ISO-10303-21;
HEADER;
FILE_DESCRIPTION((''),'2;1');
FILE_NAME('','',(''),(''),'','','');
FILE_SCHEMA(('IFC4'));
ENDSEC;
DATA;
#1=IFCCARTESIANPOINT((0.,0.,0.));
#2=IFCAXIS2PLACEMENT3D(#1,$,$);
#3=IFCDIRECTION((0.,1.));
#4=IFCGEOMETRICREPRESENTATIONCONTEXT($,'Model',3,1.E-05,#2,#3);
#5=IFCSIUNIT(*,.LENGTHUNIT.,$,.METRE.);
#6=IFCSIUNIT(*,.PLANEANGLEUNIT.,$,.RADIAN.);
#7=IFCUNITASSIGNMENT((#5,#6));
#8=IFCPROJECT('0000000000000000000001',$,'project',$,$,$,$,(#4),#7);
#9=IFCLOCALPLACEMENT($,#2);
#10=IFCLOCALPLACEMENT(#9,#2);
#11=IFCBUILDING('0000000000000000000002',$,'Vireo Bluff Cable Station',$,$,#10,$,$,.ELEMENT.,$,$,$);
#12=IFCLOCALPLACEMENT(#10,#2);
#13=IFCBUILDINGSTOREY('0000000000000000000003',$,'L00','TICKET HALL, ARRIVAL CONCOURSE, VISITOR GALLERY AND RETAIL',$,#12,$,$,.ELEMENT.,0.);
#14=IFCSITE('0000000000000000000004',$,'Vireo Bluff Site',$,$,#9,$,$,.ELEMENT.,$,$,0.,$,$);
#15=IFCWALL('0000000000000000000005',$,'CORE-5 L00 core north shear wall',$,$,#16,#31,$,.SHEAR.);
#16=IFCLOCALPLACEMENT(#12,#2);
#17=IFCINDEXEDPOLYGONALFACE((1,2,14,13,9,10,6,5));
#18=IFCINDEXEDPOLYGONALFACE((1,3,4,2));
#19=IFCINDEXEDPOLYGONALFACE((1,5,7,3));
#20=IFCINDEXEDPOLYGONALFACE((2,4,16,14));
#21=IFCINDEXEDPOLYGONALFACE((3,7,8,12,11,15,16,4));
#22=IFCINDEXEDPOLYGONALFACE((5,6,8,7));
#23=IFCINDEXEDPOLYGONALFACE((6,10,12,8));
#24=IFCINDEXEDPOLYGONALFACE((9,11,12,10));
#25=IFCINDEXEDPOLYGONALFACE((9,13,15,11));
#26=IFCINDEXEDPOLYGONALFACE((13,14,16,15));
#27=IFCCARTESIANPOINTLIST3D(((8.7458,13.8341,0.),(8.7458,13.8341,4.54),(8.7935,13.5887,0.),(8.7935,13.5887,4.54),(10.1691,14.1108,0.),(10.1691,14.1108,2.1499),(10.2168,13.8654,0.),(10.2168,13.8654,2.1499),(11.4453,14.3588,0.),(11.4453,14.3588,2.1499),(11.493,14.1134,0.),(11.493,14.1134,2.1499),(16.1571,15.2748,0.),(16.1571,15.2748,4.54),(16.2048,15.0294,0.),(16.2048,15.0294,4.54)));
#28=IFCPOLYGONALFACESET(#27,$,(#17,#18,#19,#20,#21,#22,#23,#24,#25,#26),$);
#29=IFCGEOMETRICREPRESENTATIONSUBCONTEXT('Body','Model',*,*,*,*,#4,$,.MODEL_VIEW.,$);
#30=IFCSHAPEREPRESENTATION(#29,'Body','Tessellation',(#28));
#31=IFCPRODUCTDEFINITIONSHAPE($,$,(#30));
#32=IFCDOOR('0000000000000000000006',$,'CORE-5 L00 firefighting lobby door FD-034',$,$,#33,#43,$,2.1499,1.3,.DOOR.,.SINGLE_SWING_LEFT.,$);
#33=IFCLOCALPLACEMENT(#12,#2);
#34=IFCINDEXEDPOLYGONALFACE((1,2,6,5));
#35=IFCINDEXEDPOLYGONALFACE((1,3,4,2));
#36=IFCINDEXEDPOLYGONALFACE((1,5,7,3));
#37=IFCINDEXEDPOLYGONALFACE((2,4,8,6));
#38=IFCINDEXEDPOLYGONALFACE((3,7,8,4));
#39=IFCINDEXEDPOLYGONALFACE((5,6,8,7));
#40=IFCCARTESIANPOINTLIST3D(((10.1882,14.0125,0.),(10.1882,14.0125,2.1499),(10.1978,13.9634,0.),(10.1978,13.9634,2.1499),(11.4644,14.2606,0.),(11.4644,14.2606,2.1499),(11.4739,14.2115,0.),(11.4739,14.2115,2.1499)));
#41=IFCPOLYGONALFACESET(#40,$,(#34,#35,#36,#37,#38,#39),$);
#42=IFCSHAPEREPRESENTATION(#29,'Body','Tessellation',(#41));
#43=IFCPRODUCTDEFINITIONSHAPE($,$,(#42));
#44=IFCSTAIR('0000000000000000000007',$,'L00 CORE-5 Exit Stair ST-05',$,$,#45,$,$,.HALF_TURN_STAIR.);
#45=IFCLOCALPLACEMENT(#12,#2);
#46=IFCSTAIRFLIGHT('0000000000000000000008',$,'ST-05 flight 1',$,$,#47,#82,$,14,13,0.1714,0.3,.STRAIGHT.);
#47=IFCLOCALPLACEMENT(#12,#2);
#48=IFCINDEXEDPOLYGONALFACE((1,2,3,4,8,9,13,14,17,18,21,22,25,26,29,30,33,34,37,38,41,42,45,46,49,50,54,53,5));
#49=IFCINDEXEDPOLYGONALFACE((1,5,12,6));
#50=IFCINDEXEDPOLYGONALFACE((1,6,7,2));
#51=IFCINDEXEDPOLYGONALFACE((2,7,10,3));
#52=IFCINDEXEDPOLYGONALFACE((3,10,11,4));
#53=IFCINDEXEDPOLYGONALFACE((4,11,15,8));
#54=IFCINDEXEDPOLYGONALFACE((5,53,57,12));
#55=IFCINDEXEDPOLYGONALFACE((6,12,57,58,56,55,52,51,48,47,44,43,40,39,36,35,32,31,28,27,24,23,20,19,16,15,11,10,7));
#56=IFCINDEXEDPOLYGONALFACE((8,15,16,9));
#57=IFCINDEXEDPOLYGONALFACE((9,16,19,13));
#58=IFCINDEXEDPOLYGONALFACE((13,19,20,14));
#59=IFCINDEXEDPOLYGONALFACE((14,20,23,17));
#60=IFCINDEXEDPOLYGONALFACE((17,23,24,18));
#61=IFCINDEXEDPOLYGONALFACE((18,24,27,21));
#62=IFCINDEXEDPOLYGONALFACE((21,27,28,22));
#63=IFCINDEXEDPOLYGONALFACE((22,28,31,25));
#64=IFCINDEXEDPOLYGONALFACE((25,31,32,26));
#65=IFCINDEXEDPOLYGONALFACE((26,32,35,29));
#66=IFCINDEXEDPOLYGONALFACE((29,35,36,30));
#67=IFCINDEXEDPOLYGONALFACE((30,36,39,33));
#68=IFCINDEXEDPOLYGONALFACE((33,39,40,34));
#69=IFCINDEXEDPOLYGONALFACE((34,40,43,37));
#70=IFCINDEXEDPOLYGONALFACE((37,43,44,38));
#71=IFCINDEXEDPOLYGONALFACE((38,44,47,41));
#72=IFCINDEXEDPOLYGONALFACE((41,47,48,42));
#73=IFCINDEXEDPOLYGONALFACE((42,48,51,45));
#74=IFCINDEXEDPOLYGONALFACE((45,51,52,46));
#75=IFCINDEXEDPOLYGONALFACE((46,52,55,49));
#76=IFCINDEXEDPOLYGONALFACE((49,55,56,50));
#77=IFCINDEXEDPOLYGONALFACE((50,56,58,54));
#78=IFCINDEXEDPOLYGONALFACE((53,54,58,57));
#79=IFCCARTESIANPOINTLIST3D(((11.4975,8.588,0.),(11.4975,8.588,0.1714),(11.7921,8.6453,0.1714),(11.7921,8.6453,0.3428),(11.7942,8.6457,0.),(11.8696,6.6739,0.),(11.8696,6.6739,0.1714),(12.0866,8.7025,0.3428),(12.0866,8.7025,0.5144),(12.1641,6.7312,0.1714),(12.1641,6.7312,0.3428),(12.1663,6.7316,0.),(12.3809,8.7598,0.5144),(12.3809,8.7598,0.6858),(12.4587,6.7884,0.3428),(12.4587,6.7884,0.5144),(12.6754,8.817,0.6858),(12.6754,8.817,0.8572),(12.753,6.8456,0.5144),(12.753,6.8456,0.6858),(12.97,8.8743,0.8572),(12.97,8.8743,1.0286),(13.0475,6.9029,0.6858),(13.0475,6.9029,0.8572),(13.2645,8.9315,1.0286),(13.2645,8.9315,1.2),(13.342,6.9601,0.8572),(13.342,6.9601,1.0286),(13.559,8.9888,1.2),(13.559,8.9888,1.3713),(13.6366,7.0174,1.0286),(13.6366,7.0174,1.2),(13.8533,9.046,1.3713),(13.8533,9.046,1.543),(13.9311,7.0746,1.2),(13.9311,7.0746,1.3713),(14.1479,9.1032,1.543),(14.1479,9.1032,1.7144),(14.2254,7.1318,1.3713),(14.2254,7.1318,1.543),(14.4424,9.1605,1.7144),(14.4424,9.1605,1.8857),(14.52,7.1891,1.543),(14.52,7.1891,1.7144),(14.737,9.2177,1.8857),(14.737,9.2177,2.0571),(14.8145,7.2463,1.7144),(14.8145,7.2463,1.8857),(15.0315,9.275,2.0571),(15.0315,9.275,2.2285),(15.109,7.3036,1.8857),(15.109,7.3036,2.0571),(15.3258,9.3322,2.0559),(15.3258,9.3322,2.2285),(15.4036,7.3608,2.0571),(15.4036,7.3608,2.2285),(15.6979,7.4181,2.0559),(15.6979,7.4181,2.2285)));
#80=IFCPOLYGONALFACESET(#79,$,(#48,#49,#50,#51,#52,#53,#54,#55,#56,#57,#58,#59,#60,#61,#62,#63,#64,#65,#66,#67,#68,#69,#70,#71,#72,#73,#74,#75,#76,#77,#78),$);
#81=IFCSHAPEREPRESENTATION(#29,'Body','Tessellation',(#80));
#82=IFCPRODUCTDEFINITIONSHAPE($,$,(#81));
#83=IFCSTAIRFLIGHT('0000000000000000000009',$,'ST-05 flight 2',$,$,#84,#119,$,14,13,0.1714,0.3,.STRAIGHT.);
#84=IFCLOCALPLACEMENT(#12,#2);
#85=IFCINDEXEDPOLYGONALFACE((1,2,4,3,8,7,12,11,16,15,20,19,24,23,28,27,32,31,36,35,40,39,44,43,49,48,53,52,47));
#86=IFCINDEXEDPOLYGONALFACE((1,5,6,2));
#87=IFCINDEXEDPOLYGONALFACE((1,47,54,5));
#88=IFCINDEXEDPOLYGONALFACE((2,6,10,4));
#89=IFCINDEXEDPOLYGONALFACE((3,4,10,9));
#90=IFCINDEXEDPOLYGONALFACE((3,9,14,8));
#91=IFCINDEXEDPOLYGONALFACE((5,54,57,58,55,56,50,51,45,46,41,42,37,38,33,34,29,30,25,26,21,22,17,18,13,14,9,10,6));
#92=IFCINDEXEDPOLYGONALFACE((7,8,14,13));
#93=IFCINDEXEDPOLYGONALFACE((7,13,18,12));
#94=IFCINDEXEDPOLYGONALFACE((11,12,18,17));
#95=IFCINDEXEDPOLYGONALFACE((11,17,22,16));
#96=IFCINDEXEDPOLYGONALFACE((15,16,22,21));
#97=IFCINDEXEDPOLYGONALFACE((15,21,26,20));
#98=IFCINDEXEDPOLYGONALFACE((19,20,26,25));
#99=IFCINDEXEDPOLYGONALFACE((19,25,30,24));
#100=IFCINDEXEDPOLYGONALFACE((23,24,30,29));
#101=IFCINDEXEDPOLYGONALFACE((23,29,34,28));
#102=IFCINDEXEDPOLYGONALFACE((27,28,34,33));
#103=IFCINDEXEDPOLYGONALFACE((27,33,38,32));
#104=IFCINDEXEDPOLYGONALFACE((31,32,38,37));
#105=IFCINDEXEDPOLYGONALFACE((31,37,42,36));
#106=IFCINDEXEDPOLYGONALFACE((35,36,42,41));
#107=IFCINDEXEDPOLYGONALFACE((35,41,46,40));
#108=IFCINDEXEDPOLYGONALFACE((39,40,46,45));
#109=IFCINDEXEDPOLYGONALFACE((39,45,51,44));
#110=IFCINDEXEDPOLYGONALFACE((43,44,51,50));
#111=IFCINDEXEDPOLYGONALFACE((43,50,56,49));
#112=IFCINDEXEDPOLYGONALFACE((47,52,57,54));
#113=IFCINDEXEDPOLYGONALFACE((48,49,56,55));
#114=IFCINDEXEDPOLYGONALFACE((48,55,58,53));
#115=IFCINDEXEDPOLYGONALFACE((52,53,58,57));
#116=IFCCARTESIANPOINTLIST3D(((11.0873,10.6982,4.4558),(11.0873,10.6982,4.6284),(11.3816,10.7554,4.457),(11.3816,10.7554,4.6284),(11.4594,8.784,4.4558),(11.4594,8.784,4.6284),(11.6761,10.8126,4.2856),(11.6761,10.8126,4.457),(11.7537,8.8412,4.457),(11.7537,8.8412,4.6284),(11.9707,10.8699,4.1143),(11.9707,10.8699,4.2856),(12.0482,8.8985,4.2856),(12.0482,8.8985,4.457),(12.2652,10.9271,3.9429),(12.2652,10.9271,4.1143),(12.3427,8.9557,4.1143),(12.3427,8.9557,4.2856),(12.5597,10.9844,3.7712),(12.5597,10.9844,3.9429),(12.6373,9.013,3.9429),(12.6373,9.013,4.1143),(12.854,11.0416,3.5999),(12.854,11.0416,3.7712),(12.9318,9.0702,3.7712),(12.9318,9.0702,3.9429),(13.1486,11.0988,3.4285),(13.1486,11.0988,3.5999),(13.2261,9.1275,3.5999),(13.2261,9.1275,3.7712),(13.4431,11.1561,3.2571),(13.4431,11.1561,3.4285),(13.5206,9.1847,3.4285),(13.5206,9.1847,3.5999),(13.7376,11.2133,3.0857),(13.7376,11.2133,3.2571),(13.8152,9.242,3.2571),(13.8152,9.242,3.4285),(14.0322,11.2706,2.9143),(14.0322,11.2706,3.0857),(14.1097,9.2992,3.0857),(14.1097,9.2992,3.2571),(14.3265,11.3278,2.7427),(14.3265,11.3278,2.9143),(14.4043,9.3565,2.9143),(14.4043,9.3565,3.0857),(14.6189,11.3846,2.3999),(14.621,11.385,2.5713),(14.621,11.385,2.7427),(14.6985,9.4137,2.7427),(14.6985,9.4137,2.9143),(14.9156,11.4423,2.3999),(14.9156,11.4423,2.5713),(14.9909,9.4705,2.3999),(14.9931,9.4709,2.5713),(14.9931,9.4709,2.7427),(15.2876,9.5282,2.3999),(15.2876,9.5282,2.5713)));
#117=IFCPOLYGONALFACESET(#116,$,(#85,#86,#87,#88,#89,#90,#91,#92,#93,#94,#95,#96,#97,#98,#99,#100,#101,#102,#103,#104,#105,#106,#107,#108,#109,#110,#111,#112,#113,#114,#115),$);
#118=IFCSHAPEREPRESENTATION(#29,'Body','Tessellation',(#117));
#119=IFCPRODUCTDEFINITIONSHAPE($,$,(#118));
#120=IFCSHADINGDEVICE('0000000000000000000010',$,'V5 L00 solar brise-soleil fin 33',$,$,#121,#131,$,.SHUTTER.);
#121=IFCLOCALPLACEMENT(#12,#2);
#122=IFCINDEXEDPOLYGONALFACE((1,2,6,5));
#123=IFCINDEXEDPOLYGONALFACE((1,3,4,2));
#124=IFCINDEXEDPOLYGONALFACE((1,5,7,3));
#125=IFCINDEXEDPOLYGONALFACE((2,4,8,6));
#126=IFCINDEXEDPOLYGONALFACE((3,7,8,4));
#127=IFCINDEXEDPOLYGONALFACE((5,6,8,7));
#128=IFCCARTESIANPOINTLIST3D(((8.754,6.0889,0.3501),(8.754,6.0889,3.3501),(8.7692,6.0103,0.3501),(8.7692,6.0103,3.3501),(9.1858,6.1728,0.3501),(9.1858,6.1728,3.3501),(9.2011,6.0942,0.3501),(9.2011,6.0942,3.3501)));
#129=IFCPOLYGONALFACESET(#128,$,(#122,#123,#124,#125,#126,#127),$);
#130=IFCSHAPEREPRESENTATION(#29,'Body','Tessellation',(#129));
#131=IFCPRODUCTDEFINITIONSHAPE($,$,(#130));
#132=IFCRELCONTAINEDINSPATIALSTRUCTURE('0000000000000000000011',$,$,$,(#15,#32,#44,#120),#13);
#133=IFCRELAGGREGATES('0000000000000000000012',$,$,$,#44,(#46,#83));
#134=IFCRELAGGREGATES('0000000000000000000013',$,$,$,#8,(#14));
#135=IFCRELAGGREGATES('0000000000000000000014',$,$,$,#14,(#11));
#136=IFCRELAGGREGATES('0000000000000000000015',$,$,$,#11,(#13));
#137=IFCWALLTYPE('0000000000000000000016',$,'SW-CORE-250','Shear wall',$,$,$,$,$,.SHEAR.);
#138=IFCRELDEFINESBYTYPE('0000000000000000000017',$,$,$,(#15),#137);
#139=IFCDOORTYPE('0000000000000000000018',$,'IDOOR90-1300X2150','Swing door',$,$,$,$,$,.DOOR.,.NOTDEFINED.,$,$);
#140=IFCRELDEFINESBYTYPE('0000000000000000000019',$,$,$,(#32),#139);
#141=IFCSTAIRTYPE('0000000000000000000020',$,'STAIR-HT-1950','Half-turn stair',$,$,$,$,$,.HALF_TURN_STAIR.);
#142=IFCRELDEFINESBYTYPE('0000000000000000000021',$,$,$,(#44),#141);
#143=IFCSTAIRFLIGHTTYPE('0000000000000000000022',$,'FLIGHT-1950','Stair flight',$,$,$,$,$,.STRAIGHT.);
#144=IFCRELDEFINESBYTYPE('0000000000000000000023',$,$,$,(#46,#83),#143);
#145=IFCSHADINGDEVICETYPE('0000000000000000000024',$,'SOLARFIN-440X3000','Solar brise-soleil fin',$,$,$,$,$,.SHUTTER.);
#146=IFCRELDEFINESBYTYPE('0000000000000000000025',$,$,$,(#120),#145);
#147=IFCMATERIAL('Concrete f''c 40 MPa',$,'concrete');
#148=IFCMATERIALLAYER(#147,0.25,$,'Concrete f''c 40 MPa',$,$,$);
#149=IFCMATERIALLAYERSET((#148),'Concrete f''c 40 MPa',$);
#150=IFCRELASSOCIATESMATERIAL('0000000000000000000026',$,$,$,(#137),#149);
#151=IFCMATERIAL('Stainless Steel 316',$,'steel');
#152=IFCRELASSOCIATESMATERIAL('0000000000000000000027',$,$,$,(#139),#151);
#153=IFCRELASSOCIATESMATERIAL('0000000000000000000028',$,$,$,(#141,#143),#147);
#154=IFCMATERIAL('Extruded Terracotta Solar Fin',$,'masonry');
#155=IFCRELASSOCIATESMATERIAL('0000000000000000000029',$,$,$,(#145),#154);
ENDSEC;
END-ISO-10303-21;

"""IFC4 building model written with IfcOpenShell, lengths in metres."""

from ifc_helpers import new_model, si_unit, direction, frame, frame_2d, origin, origin_with_axes, origin_2d, place, context, subcontext, project, spatial, polyline, rectangle, outline, extrude, material, layer, layer_set, type_object, element, fill, aggregate, save


model = new_model("IFC4")

# Units and contexts
model_context = context("Model", 3, precision=1e-05, world=origin(), true_north=direction((0.0, 1.0)))
body_context = subcontext(model_context, "Body", "Model", "MODEL_VIEW")
ifc_project = project(units=[si_unit("LENGTHUNIT", "METRE"), si_unit("PLANEANGLEUNIT", "RADIAN")], contexts=[model_context])

# Site, building, storey
site_placement = place(None, origin())
site = spatial("IfcSite", under=ifc_project, at=site_placement, Name="Vireo Bluff Site", CompositionType="ELEMENT", RefElevation=0.0)
building_placement = place(site_placement, origin())
building = spatial("IfcBuilding", under=site, at=building_placement, Name="Vireo Bluff Cable Station", CompositionType="ELEMENT")
storey_placement = place(building_placement, origin())
storey = spatial("IfcBuildingStorey", under=building, at=storey_placement, Name="L00", Description="TICKET HALL, ARRIVAL CONCOURSE, VISITOR GALLERY AND RETAIL", CompositionType="ELEMENT", Elevation=0.0)

# Shared definitions
ifc_material_1 = material(Name="Concrete f'c 40 MPa", Category="concrete")

# Shared definitions
ifc_layer = layer(ifc_material_1, 0.25, Name="Concrete f'c 40 MPa")
ifc_layer_set = layer_set([ifc_layer], Name="Concrete f'c 40 MPa")
wall_type = type_object("IfcWallType", Name="SW-CORE-250", Description="Shear wall", PredefinedType="SHEAR", material=ifc_layer_set)

# Wall, opening, door
ifc_material_2 = material(Name="Stainless Steel 316", Category="steel")
wall_1_placement = place(storey_placement, frame((8.7698, 13.7114, 0.0), z_axis=(0.0, 0.0, 1.0), x_axis=(0.981626, 0.190815, 0.0)))
wall_1 = element("IfcWall", 1, at=wall_1_placement, inside=storey, type_object=wall_type, Name="CORE-5 L00 core north shear wall", PredefinedType="SHEAR", context=body_context, shape_type="SweptSolid", body=[
    extrude(rectangle(XDim=7.55, YDim=0.25, at=frame_2d((3.7749, 0.0))), origin(), (0.0, 0.0, 1.0), 4.54),
])
opening_1_placement = place(wall_1_placement, frame((1.45, 0.0, 0.0)))
opening_1 = element("IfcOpeningElement", 2, at=opening_1_placement, cuts=wall_1, PredefinedType="OPENING", context=body_context, shape_type="SweptSolid", body=[
    extrude(rectangle(XDim=1.3, YDim=2.1499, at=frame_2d((0.6499, 1.075))), frame((0.0, 0.135, 0.0), z_axis=(0.0, -1.0, 0.0), x_axis=(1.0, 0.0, 0.0)), (0.0, 0.0, 1.0), 0.27),
])
door_type_1 = type_object("IfcDoorType", Name="IDOOR90-1300X2150", Description="Swing door", OperationType="NOTDEFINED", PredefinedType="DOOR", material=ifc_material_2)
door_1_placement = place(opening_1_placement, origin_with_axes())
door_1 = element("IfcDoor", 3, at=door_1_placement, inside=storey, type_object=door_type_1, Name="CORE-5 L00 firefighting lobby door FD-034", OperationType="SINGLE_SWING_LEFT", OverallHeight=2.1499, OverallWidth=1.3, PredefinedType="DOOR", context=body_context, shape_type="SweptSolid", body=[
    extrude(rectangle(XDim=1.3, YDim=2.1499, at=frame_2d((0.6499, 1.075))), frame((0.0, 0.0249, 0.0), z_axis=(0.0, -1.0, 0.0), x_axis=(1.0, 0.0, 0.0)), (0.0, 0.0, 1.0), 0.05),
])
fill(opening_1, door_1)

# Stair, stair flights
stair_type = type_object("IfcStairType", Name="STAIR-HT-1950", Description="Half-turn stair", PredefinedType="HALF_TURN_STAIR", material=ifc_material_1)
stair_placement = place(storey_placement, origin())
stair = element("IfcStair", 4, at=stair_placement, inside=storey, type_object=stair_type, Name="L00 CORE-5 Exit Stair ST-05", PredefinedType="HALF_TURN_STAIR")
stair_flight_type = type_object("IfcStairFlightType", Name="FLIGHT-1950", Description="Stair flight", PredefinedType="STRAIGHT", material=ifc_material_1)
stair_flight_1_placement = place(storey_placement, frame((11.6836, 7.6309, 0.0), z_axis=(0.0, 0.0, 1.0), x_axis=(0.981627, 0.190809, 0.0)))
stair_flight_1 = element("IfcStairFlight", 5, at=stair_flight_1_placement, type_object=stair_flight_type, Name="ST-05 flight 1", NumberOfRisers=14, NumberOfTreads=13, PredefinedType="STRAIGHT", RiserHeight=0.1714, TreadLength=0.3, context=body_context, shape_type="SweptSolid", body=[
    extrude(outline(polyline([(0.0, 0.0), (0.0, 0.1714), (0.3, 0.1714), (0.3, 0.3428), (0.6001, 0.3428), (0.6001, 0.5144), (0.8999, 0.5144), (0.8999, 0.6858), (1.2, 0.6858), (1.2, 0.8572), (1.5, 0.8572), (1.5, 1.0286), (1.8, 1.0286), (1.8, 1.2), (2.1001, 1.2), (2.1001, 1.3713), (2.3999, 1.3713), (2.3999, 1.543), (2.7, 1.543), (2.7, 1.7144), (3.0, 1.7144), (3.0, 1.8857), (3.3, 1.8857), (3.3, 2.0571), (3.6001, 2.0571), (3.6001, 2.2285), (3.8999, 2.2285), (3.8999, 2.3999), (3.8999, 2.0559), (0.3022, 0.0), (0.0, 0.0)])), frame((0.0, 0.9751, 0.0), z_axis=(0.0, -1.0, 0.0), x_axis=(1.0, 0.0, 0.0)), (0.0, 0.0, 1.0), 1.95),
])
stair_flight_2_placement = place(storey_placement, frame((15.1016, 10.4854, 2.3999), z_axis=(0.0, 0.0, 1.0), x_axis=(-0.981627, -0.190809, 0.0)))
stair_flight_2 = element("IfcStairFlight", 6, at=stair_flight_2_placement, type_object=stair_flight_type, Name="ST-05 flight 2", NumberOfRisers=14, NumberOfTreads=13, PredefinedType="STRAIGHT", RiserHeight=0.1714, TreadLength=0.3, context=body_context, shape_type="SweptSolid", body=[
    extrude(outline(polyline([(0.0, 0.0), (0.0, 0.1714), (0.3, 0.1714), (0.3, 0.3428), (0.6001, 0.3428), (0.6001, 0.5144), (0.8999, 0.5144), (0.8999, 0.6858), (1.2, 0.6858), (1.2, 0.8572), (1.5, 0.8572), (1.5, 1.0286), (1.8, 1.0286), (1.8, 1.2), (2.1001, 1.2), (2.1001, 1.3713), (2.3999, 1.3713), (2.3999, 1.543), (2.7, 1.543), (2.7, 1.7144), (3.0, 1.7144), (3.0, 1.8857), (3.3, 1.8857), (3.3, 2.0571), (3.6001, 2.0571), (3.6001, 2.2285), (3.8999, 2.2285), (3.8999, 2.3999), (3.8999, 2.0559), (0.3022, 0.0), (0.0, 0.0)])), frame((0.0, 0.9751, 0.0), z_axis=(0.0, -1.0, 0.0), x_axis=(1.0, 0.0, 0.0)), (0.0, 0.0, 1.0), 1.95),
])
aggregate(stair, [stair_flight_1, stair_flight_2])

# Shading device
ifc_material_3 = material(Name="Extruded Terracotta Solar Fin", Category="masonry")
shading_device_type = type_object("IfcShadingDeviceType", Name="SOLARFIN-440X3000", Description="Solar brise-soleil fin", PredefinedType="SHUTTER", material=ifc_material_3)
shading_device_placement = place(storey_placement, frame((8.9775, 6.0916, 0.3501), z_axis=(0.0, 0.0, 1.0), x_axis=(-0.190809, 0.981627, 0.0)))
element("IfcShadingDevice", 7, at=shading_device_placement, inside=storey, type_object=shading_device_type, Name="V5 L00 solar brise-soleil fin 33", PredefinedType="SHUTTER", context=body_context, shape_type="SweptSolid", body=[
    extrude(rectangle(XDim=0.0801, YDim=0.4399, at=origin_2d()), origin(), (0.0, 0.0, 1.0), 3.0),
])

save(model, "model.ifc")
